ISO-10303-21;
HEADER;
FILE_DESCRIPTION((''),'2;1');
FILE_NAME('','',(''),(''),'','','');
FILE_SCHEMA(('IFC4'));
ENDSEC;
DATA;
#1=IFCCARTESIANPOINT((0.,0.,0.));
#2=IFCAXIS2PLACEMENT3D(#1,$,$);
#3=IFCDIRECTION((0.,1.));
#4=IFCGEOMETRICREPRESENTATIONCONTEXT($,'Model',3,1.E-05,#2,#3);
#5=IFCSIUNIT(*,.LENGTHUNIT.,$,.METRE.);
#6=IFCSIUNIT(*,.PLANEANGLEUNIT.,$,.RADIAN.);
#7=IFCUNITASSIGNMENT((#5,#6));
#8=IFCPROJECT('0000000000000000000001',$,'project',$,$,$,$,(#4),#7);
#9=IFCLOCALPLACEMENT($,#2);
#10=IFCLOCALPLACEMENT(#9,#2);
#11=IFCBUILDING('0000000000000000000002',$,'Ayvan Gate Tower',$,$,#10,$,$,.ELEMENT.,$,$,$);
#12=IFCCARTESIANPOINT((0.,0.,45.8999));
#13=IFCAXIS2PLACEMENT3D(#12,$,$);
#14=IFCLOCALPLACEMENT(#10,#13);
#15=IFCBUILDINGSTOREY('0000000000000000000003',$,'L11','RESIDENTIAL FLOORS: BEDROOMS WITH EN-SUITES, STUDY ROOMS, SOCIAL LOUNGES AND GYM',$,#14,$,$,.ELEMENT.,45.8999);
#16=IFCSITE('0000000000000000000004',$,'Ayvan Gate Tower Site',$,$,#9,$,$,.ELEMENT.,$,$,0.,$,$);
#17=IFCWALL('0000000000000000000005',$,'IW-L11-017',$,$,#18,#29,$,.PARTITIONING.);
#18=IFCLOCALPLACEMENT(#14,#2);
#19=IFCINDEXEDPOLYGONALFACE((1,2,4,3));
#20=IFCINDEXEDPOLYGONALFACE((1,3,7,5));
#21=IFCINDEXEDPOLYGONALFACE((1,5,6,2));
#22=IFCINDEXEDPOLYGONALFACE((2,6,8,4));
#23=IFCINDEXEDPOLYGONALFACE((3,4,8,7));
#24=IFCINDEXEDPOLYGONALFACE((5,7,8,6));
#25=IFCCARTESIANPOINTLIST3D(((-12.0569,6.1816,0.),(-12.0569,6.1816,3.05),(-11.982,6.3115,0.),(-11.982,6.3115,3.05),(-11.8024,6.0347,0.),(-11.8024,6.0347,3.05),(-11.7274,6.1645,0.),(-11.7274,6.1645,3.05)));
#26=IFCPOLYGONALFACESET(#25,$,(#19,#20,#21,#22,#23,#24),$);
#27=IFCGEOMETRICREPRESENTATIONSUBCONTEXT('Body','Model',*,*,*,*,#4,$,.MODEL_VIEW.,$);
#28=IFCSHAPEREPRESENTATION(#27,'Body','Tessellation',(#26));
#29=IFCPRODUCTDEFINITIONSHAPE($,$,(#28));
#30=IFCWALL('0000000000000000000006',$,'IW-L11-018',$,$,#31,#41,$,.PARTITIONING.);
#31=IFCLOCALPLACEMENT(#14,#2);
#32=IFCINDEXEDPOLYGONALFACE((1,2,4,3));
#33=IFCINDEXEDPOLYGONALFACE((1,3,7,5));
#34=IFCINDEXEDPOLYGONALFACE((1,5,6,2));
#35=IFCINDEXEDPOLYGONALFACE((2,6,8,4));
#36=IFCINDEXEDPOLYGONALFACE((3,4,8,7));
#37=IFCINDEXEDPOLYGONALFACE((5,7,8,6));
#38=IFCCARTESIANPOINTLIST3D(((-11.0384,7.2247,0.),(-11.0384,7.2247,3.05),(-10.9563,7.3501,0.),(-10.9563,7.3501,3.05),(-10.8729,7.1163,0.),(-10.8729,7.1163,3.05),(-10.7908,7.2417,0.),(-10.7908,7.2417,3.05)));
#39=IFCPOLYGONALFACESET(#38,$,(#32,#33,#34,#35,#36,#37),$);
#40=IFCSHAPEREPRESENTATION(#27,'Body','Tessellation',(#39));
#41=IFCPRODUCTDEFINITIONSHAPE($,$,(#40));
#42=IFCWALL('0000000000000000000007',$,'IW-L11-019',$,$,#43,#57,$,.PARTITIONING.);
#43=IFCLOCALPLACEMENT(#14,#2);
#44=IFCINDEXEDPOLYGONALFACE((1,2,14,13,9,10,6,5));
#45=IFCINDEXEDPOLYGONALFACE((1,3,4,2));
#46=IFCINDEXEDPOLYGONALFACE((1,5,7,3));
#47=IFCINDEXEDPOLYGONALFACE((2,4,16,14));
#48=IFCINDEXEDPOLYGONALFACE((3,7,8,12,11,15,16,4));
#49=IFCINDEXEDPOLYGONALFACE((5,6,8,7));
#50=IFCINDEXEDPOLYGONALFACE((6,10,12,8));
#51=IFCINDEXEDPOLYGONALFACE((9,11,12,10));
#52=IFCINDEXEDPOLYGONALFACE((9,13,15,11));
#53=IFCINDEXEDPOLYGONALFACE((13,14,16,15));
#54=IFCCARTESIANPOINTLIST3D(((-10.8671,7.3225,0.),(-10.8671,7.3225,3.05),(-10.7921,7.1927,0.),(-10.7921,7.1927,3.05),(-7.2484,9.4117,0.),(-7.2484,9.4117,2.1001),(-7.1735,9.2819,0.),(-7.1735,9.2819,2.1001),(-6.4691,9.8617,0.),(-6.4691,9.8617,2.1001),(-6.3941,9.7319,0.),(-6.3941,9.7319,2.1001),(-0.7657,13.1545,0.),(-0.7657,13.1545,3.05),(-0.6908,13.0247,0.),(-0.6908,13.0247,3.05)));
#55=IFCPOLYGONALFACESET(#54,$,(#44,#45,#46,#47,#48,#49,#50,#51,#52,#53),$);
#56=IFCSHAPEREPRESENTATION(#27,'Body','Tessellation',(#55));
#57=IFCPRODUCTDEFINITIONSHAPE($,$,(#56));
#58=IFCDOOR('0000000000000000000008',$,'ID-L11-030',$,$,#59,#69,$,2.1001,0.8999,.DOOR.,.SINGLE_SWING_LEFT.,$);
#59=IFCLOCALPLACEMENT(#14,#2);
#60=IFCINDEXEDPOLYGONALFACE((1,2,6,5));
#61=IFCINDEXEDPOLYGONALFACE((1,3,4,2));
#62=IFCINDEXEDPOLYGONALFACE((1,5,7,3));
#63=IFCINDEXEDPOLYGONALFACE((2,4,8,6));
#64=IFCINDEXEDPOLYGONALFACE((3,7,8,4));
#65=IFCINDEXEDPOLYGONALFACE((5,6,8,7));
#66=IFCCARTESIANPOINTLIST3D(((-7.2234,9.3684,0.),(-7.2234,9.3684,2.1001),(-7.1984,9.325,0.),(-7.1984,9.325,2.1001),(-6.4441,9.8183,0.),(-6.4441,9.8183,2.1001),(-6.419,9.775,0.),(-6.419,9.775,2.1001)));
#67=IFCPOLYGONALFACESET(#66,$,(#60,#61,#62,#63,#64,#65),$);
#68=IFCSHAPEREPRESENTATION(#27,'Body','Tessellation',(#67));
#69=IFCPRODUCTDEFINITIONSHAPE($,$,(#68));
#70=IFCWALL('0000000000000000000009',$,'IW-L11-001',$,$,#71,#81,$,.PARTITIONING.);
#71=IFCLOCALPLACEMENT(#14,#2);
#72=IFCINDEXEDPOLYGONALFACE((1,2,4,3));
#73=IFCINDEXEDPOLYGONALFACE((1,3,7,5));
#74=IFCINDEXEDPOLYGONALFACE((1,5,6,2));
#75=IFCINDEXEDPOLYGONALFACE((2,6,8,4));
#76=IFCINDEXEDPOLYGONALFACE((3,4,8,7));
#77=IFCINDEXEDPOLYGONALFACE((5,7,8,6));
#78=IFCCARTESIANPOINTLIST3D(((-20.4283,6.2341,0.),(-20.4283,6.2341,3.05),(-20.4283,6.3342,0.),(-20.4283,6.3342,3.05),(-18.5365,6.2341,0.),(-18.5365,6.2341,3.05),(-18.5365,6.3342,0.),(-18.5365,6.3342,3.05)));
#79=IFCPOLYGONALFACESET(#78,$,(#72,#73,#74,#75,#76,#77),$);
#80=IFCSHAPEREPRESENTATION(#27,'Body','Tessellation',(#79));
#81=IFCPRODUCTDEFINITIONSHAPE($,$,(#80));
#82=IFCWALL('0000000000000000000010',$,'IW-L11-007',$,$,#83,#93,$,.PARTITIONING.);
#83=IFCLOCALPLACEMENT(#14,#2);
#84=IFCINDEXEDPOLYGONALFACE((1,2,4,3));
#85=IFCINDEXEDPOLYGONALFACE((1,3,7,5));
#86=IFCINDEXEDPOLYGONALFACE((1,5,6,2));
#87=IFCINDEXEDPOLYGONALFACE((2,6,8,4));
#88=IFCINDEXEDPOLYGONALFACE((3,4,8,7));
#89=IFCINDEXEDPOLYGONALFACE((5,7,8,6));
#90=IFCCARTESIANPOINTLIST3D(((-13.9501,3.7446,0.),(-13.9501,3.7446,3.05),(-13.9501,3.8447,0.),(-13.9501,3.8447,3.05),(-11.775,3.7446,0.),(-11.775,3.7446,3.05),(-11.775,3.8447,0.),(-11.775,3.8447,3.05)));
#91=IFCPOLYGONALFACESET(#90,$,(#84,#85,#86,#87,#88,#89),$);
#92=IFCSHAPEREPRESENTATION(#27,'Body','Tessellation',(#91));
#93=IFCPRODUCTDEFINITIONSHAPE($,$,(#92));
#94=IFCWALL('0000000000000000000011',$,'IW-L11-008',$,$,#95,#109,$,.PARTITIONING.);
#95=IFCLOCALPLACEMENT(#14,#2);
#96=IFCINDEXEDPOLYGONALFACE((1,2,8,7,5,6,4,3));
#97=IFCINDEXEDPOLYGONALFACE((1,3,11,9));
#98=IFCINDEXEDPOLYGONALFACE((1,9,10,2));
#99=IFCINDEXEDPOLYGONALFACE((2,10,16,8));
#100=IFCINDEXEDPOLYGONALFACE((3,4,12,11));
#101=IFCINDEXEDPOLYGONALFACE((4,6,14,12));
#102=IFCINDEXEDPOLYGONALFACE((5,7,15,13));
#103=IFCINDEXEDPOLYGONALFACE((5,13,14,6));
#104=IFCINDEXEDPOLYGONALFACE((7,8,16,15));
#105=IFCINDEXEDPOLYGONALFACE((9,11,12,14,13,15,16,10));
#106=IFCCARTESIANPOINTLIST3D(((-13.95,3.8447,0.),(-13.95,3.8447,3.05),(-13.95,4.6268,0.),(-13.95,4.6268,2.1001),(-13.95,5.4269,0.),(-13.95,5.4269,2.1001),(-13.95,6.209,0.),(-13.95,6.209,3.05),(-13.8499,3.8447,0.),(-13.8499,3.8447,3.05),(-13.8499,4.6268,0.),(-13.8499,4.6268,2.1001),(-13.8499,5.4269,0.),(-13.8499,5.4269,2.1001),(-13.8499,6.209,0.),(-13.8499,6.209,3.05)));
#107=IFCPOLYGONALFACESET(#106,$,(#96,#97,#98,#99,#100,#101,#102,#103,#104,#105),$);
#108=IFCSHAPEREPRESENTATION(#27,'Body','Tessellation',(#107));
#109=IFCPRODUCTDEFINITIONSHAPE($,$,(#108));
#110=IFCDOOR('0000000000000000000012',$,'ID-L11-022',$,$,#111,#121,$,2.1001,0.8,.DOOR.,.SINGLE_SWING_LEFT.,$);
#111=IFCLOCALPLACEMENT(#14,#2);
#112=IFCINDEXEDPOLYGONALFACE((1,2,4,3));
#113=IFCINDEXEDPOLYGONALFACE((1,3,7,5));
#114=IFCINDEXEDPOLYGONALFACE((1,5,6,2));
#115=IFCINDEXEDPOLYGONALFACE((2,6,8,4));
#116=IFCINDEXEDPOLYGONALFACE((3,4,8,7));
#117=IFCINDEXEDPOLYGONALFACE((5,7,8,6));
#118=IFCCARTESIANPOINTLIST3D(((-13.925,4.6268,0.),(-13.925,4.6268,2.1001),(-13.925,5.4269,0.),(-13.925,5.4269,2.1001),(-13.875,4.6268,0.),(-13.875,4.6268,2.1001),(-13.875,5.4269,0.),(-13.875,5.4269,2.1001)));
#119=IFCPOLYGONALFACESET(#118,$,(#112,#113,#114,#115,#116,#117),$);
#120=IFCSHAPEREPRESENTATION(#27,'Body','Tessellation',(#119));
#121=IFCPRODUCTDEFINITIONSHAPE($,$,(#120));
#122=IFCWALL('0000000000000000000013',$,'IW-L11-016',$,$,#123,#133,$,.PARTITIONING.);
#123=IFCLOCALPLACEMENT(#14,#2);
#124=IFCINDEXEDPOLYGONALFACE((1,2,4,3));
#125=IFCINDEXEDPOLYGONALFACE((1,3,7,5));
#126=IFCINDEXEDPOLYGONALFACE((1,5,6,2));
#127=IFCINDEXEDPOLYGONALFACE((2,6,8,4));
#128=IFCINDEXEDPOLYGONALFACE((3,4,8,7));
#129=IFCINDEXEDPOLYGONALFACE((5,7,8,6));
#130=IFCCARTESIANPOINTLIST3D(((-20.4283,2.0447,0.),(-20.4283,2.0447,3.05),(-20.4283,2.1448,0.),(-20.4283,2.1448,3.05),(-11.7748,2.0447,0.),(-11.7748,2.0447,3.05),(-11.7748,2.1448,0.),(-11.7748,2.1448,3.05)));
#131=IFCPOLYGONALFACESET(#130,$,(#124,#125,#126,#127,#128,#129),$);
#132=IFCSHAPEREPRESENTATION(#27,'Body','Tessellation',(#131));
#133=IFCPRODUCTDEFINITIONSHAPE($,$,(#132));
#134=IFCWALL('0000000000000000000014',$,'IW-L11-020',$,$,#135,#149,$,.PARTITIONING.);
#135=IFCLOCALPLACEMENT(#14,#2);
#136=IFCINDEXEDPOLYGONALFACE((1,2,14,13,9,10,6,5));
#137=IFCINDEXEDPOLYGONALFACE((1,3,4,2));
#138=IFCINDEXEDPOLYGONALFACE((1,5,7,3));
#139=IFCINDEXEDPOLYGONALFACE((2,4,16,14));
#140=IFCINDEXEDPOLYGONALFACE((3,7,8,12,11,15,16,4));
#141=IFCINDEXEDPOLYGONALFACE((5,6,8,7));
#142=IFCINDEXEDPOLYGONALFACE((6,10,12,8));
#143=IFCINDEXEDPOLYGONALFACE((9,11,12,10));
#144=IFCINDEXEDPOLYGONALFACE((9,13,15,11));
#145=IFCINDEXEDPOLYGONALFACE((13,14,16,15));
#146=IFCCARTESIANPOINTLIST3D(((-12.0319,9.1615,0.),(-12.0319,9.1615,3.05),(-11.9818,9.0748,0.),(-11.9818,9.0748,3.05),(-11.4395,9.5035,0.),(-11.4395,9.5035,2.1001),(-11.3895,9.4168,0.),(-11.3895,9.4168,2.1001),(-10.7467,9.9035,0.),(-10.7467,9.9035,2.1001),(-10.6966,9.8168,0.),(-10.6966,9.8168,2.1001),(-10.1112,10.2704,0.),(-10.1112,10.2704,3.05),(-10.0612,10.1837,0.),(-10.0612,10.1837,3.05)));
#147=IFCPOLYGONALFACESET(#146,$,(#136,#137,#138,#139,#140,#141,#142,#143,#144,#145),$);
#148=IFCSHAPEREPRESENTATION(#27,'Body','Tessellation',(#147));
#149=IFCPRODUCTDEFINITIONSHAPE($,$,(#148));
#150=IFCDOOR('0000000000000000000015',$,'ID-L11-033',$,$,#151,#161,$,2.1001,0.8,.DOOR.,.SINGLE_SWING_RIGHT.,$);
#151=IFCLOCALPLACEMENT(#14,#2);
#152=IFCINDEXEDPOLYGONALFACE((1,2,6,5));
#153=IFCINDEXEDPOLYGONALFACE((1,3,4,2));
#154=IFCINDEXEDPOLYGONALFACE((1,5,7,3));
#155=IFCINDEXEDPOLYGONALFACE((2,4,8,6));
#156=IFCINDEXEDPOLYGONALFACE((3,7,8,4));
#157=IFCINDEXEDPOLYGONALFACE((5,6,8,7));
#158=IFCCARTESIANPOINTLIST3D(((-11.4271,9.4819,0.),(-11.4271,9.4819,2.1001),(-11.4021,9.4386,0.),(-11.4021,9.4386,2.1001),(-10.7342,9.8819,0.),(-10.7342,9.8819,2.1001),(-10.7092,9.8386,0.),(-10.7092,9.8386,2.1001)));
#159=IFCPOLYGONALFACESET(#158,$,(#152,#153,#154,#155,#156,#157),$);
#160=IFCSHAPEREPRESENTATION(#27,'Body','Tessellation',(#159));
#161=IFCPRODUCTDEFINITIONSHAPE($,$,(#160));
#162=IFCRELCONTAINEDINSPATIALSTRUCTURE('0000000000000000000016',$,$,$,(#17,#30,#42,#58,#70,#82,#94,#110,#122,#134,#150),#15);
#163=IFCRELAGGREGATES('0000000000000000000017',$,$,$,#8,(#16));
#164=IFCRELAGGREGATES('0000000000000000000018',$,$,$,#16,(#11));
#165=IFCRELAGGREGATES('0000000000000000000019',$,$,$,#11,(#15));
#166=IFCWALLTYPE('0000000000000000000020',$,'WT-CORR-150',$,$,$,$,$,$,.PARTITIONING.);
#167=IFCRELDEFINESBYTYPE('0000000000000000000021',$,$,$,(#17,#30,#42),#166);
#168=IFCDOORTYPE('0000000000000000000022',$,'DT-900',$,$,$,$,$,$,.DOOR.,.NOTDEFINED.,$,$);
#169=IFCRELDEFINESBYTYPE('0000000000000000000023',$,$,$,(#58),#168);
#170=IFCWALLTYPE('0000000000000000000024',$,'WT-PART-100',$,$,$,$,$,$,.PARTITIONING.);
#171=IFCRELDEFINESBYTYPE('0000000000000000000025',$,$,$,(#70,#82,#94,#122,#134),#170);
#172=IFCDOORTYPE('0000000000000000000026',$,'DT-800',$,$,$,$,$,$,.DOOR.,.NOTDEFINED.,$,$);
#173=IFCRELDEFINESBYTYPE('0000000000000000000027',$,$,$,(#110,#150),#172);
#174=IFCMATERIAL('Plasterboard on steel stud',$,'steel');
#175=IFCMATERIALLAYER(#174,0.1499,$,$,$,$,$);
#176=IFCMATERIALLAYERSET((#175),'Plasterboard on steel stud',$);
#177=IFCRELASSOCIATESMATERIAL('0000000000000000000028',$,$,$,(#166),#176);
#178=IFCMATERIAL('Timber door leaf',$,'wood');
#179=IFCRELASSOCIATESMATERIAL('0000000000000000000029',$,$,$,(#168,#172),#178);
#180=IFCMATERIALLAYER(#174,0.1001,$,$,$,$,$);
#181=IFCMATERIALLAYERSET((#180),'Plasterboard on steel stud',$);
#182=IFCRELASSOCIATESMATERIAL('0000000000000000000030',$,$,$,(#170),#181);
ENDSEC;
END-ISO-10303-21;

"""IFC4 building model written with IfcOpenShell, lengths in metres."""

from ifc_helpers import new_model, si_unit, direction, frame, frame_2d, origin, place, context, subcontext, project, spatial, rectangle, extrude, material, layer, layer_set, type_object, element, fill, save


model = new_model("IFC4")

# Units and contexts
model_context = context("Model", 3, precision=1e-05, world=origin(), true_north=direction((0.0, 1.0)))
body_context = subcontext(model_context, "Body", "Model", "MODEL_VIEW")
ifc_project = project(units=[si_unit("LENGTHUNIT", "METRE"), si_unit("PLANEANGLEUNIT", "RADIAN")], contexts=[model_context])

# Site, building, storey
site_placement = place(None, origin())
site = spatial("IfcSite", under=ifc_project, at=site_placement, Name="Ayvan Gate Tower Site", CompositionType="ELEMENT", RefElevation=0.0)
building_placement = place(site_placement, origin())
building = spatial("IfcBuilding", under=site, at=building_placement, Name="Ayvan Gate Tower", CompositionType="ELEMENT")
storey_placement = place(building_placement, frame((0.0, 0.0, 45.8999)))
storey = spatial("IfcBuildingStorey", under=building, at=storey_placement, Name="L11", Description="RESIDENTIAL FLOORS: BEDROOMS WITH EN-SUITES, STUDY ROOMS, SOCIAL LOUNGES AND GYM", CompositionType="ELEMENT", Elevation=45.8999)

# Shared definitions
ifc_material_1 = material(Name="Timber door leaf", Category="wood")
ifc_material_2 = material(Name="Plasterboard on steel stud", Category="steel")
ifc_layer_1 = layer(ifc_material_2, 0.1499)
ifc_layer_set_1 = layer_set([ifc_layer_1], Name="Plasterboard on steel stud")
wall_type_1 = type_object("IfcWallType", Name="WT-CORR-150", PredefinedType="PARTITIONING", material=ifc_layer_set_1)
door_type_1 = type_object("IfcDoorType", Name="DT-900", OperationType="NOTDEFINED", PredefinedType="DOOR", material=ifc_material_1)

# Walls
wall_1_placement = place(storey_placement, frame((-11.7649, 6.0996, 0.0), z_axis=(0.0, 0.0, 1.0), x_axis=(-0.866089, 0.49989, 0.0)))
element("IfcWall", 1, at=wall_1_placement, inside=storey, type_object=wall_type_1, Name="IW-L11-017", PredefinedType="PARTITIONING", context=body_context, shape_type="SweptSolid", body=[
    extrude(rectangle(XDim=0.2939, YDim=0.1499, at=frame_2d((0.147, 0.0))), origin(), (0.0, 0.0, 1.0), 3.05),
])
wall_2_placement = place(storey_placement, frame((-10.9973, 7.2874, 0.0), z_axis=(0.0, 0.0, 1.0), x_axis=(0.836578, -0.547848, 0.0)))
element("IfcWall", 2, at=wall_2_placement, inside=storey, type_object=wall_type_1, Name="IW-L11-018", PredefinedType="PARTITIONING", context=body_context, shape_type="SweptSolid", body=[
    extrude(rectangle(XDim=0.1978, YDim=0.1499, at=frame_2d((0.0989, 0.0))), origin(), (0.0, 0.0, 1.0), 3.05),
])

# Wall, opening, door
wall_3_placement = place(storey_placement, frame((-10.8296, 7.2576, 0.0), z_axis=(0.0, 0.0, 1.0), x_axis=(0.866024, 0.500002, 0.0)))
wall_3 = element("IfcWall", 3, at=wall_3_placement, inside=storey, type_object=wall_type_1, Name="IW-L11-019", PredefinedType="PARTITIONING", context=body_context, shape_type="SweptSolid", body=[
    extrude(rectangle(XDim=11.6641, YDim=0.1499, at=frame_2d((5.832, 0.0))), origin(), (0.0, 0.0, 1.0), 3.05),
])
opening_1_placement = place(wall_3_placement, frame((4.1785, 0.0, 0.0)))
opening_1 = element("IfcOpeningElement", 4, at=opening_1_placement, cuts=wall_3, PredefinedType="OPENING", context=body_context, shape_type="SweptSolid", body=[
    extrude(rectangle(XDim=0.8999, YDim=2.1001, at=frame_2d((0.45, 1.05))), frame((0.0, 0.085, 0.0), z_axis=(0.0, -1.0, 0.0), x_axis=(1.0, 0.0, 0.0)), (0.0, 0.0, 1.0), 0.1699),
])
door_1_placement = place(opening_1_placement, origin())
door_1 = element("IfcDoor", 5, at=door_1_placement, inside=storey, type_object=door_type_1, Name="ID-L11-030", OperationType="SINGLE_SWING_LEFT", OverallHeight=2.1001, OverallWidth=0.8999, PredefinedType="DOOR", context=body_context, shape_type="SweptSolid", body=[
    extrude(rectangle(XDim=0.8999, YDim=2.1001, at=frame_2d((0.45, 1.05))), frame((0.0, 0.0249, 0.0), z_axis=(0.0, -1.0, 0.0), x_axis=(1.0, 0.0, 0.0)), (0.0, 0.0, 1.0), 0.05),
])
fill(opening_1, door_1)

# Walls
ifc_layer_2 = layer(ifc_material_2, 0.1001)
ifc_layer_set_2 = layer_set([ifc_layer_2], Name="Plasterboard on steel stud")
wall_type_2 = type_object("IfcWallType", Name="WT-PART-100", PredefinedType="PARTITIONING", material=ifc_layer_set_2)
wall_4_placement = place(storey_placement, frame((-18.5366, 6.2842, 0.0), z_axis=(0.0, 0.0, 1.0), x_axis=(-1.0, 0.0, 0.0)))
element("IfcWall", 6, at=wall_4_placement, inside=storey, type_object=wall_type_2, Name="IW-L11-001", PredefinedType="PARTITIONING", context=body_context, shape_type="SweptSolid", body=[
    extrude(rectangle(XDim=1.8918, YDim=0.1001, at=frame_2d((0.9458, 0.0))), origin(), (0.0, 0.0, 1.0), 3.05),
])
wall_5_placement = place(storey_placement, frame((-13.95, 3.7947, 0.0), z_axis=(0.0, 0.0, 1.0), x_axis=(1.0, 0.0, 0.0)))
element("IfcWall", 7, at=wall_5_placement, inside=storey, type_object=wall_type_2, Name="IW-L11-007", PredefinedType="PARTITIONING", context=body_context, shape_type="SweptSolid", body=[
    extrude(rectangle(XDim=2.175, YDim=0.1001, at=frame_2d((1.0874, 0.0))), origin(), (0.0, 0.0, 1.0), 3.05),
])

# Wall, opening, door
wall_6_placement = place(storey_placement, frame((-13.8999, 6.209, 0.0), z_axis=(0.0, 0.0, 1.0), x_axis=(0.0, -1.0, 0.0)))
wall_6 = element("IfcWall", 8, at=wall_6_placement, inside=storey, type_object=wall_type_2, Name="IW-L11-008", PredefinedType="PARTITIONING", context=body_context, shape_type="SweptSolid", body=[
    extrude(rectangle(XDim=2.3643, YDim=0.1001, at=frame_2d((1.1821, 0.0))), origin(), (0.0, 0.0, 1.0), 3.05),
])
opening_2_placement = place(wall_6_placement, frame((0.7822, 0.0, 0.0)))
opening_2 = element("IfcOpeningElement", 9, at=opening_2_placement, cuts=wall_6, PredefinedType="OPENING", context=body_context, shape_type="SweptSolid", body=[
    extrude(rectangle(XDim=0.8, YDim=2.1001, at=frame_2d((0.3999, 1.05))), frame((0.0, 0.0601, 0.0), z_axis=(0.0, -1.0, 0.0), x_axis=(1.0, 0.0, 0.0)), (0.0, 0.0, 1.0), 0.1201),
])
door_type_2 = type_object("IfcDoorType", Name="DT-800", OperationType="NOTDEFINED", PredefinedType="DOOR", material=ifc_material_1)
door_2_placement = place(opening_2_placement, origin())
door_2 = element("IfcDoor", 10, at=door_2_placement, inside=storey, type_object=door_type_2, Name="ID-L11-022", OperationType="SINGLE_SWING_LEFT", OverallHeight=2.1001, OverallWidth=0.8, PredefinedType="DOOR", context=body_context, shape_type="SweptSolid", body=[
    extrude(rectangle(XDim=0.8, YDim=2.1001, at=frame_2d((0.3999, 1.05))), frame((0.0, 0.0249, 0.0), z_axis=(0.0, -1.0, 0.0), x_axis=(1.0, 0.0, 0.0)), (0.0, 0.0, 1.0), 0.05),
])
fill(opening_2, door_2)

# Wall
wall_7_placement = place(storey_placement, frame((-11.7749, 2.0947, 0.0), z_axis=(0.0, 0.0, 1.0), x_axis=(-1.0, 0.0, 0.0)))
element("IfcWall", 11, at=wall_7_placement, inside=storey, type_object=wall_type_2, Name="IW-L11-016", PredefinedType="PARTITIONING", context=body_context, shape_type="SweptSolid", body=[
    extrude(rectangle(XDim=8.6536, YDim=0.1001, at=frame_2d((4.3267, 0.0))), origin(), (0.0, 0.0, 1.0), 3.05),
])

# Wall, opening, door
wall_8_placement = place(storey_placement, frame((-10.0862, 10.2271, 0.0), z_axis=(0.0, 0.0, 1.0), x_axis=(-0.866026, -0.499999, 0.0)))
wall_8 = element("IfcWall", 12, at=wall_8_placement, inside=storey, type_object=wall_type_2, Name="IW-L11-020", PredefinedType="PARTITIONING", context=body_context, shape_type="SweptSolid", body=[
    extrude(rectangle(XDim=2.2178, YDim=0.1001, at=frame_2d((1.1089, 0.0))), origin(), (0.0, 0.0, 1.0), 3.05),
])
opening_3_placement = place(wall_8_placement, frame((0.7339, 0.0, 0.0)))
opening_3 = element("IfcOpeningElement", 13, at=opening_3_placement, cuts=wall_8, PredefinedType="OPENING", context=body_context, shape_type="SweptSolid", body=[
    extrude(rectangle(XDim=0.8, YDim=2.1001, at=frame_2d((0.3999, 1.05))), frame((0.0, 0.0601, 0.0), z_axis=(0.0, -1.0, 0.0), x_axis=(1.0, 0.0, 0.0)), (0.0, 0.0, 1.0), 0.1201),
])
door_3_placement = place(opening_3_placement, origin())
door_3 = element("IfcDoor", 14, at=door_3_placement, inside=storey, type_object=door_type_2, Name="ID-L11-033", OperationType="SINGLE_SWING_RIGHT", OverallHeight=2.1001, OverallWidth=0.8, PredefinedType="DOOR", context=body_context, shape_type="SweptSolid", body=[
    extrude(rectangle(XDim=0.8, YDim=2.1001, at=frame_2d((0.3999, 1.05))), frame((0.0, 0.0249, 0.0), z_axis=(0.0, -1.0, 0.0), x_axis=(1.0, 0.0, 0.0)), (0.0, 0.0, 1.0), 0.05),
])
fill(opening_3, door_3)

save(model, "model.ifc")
